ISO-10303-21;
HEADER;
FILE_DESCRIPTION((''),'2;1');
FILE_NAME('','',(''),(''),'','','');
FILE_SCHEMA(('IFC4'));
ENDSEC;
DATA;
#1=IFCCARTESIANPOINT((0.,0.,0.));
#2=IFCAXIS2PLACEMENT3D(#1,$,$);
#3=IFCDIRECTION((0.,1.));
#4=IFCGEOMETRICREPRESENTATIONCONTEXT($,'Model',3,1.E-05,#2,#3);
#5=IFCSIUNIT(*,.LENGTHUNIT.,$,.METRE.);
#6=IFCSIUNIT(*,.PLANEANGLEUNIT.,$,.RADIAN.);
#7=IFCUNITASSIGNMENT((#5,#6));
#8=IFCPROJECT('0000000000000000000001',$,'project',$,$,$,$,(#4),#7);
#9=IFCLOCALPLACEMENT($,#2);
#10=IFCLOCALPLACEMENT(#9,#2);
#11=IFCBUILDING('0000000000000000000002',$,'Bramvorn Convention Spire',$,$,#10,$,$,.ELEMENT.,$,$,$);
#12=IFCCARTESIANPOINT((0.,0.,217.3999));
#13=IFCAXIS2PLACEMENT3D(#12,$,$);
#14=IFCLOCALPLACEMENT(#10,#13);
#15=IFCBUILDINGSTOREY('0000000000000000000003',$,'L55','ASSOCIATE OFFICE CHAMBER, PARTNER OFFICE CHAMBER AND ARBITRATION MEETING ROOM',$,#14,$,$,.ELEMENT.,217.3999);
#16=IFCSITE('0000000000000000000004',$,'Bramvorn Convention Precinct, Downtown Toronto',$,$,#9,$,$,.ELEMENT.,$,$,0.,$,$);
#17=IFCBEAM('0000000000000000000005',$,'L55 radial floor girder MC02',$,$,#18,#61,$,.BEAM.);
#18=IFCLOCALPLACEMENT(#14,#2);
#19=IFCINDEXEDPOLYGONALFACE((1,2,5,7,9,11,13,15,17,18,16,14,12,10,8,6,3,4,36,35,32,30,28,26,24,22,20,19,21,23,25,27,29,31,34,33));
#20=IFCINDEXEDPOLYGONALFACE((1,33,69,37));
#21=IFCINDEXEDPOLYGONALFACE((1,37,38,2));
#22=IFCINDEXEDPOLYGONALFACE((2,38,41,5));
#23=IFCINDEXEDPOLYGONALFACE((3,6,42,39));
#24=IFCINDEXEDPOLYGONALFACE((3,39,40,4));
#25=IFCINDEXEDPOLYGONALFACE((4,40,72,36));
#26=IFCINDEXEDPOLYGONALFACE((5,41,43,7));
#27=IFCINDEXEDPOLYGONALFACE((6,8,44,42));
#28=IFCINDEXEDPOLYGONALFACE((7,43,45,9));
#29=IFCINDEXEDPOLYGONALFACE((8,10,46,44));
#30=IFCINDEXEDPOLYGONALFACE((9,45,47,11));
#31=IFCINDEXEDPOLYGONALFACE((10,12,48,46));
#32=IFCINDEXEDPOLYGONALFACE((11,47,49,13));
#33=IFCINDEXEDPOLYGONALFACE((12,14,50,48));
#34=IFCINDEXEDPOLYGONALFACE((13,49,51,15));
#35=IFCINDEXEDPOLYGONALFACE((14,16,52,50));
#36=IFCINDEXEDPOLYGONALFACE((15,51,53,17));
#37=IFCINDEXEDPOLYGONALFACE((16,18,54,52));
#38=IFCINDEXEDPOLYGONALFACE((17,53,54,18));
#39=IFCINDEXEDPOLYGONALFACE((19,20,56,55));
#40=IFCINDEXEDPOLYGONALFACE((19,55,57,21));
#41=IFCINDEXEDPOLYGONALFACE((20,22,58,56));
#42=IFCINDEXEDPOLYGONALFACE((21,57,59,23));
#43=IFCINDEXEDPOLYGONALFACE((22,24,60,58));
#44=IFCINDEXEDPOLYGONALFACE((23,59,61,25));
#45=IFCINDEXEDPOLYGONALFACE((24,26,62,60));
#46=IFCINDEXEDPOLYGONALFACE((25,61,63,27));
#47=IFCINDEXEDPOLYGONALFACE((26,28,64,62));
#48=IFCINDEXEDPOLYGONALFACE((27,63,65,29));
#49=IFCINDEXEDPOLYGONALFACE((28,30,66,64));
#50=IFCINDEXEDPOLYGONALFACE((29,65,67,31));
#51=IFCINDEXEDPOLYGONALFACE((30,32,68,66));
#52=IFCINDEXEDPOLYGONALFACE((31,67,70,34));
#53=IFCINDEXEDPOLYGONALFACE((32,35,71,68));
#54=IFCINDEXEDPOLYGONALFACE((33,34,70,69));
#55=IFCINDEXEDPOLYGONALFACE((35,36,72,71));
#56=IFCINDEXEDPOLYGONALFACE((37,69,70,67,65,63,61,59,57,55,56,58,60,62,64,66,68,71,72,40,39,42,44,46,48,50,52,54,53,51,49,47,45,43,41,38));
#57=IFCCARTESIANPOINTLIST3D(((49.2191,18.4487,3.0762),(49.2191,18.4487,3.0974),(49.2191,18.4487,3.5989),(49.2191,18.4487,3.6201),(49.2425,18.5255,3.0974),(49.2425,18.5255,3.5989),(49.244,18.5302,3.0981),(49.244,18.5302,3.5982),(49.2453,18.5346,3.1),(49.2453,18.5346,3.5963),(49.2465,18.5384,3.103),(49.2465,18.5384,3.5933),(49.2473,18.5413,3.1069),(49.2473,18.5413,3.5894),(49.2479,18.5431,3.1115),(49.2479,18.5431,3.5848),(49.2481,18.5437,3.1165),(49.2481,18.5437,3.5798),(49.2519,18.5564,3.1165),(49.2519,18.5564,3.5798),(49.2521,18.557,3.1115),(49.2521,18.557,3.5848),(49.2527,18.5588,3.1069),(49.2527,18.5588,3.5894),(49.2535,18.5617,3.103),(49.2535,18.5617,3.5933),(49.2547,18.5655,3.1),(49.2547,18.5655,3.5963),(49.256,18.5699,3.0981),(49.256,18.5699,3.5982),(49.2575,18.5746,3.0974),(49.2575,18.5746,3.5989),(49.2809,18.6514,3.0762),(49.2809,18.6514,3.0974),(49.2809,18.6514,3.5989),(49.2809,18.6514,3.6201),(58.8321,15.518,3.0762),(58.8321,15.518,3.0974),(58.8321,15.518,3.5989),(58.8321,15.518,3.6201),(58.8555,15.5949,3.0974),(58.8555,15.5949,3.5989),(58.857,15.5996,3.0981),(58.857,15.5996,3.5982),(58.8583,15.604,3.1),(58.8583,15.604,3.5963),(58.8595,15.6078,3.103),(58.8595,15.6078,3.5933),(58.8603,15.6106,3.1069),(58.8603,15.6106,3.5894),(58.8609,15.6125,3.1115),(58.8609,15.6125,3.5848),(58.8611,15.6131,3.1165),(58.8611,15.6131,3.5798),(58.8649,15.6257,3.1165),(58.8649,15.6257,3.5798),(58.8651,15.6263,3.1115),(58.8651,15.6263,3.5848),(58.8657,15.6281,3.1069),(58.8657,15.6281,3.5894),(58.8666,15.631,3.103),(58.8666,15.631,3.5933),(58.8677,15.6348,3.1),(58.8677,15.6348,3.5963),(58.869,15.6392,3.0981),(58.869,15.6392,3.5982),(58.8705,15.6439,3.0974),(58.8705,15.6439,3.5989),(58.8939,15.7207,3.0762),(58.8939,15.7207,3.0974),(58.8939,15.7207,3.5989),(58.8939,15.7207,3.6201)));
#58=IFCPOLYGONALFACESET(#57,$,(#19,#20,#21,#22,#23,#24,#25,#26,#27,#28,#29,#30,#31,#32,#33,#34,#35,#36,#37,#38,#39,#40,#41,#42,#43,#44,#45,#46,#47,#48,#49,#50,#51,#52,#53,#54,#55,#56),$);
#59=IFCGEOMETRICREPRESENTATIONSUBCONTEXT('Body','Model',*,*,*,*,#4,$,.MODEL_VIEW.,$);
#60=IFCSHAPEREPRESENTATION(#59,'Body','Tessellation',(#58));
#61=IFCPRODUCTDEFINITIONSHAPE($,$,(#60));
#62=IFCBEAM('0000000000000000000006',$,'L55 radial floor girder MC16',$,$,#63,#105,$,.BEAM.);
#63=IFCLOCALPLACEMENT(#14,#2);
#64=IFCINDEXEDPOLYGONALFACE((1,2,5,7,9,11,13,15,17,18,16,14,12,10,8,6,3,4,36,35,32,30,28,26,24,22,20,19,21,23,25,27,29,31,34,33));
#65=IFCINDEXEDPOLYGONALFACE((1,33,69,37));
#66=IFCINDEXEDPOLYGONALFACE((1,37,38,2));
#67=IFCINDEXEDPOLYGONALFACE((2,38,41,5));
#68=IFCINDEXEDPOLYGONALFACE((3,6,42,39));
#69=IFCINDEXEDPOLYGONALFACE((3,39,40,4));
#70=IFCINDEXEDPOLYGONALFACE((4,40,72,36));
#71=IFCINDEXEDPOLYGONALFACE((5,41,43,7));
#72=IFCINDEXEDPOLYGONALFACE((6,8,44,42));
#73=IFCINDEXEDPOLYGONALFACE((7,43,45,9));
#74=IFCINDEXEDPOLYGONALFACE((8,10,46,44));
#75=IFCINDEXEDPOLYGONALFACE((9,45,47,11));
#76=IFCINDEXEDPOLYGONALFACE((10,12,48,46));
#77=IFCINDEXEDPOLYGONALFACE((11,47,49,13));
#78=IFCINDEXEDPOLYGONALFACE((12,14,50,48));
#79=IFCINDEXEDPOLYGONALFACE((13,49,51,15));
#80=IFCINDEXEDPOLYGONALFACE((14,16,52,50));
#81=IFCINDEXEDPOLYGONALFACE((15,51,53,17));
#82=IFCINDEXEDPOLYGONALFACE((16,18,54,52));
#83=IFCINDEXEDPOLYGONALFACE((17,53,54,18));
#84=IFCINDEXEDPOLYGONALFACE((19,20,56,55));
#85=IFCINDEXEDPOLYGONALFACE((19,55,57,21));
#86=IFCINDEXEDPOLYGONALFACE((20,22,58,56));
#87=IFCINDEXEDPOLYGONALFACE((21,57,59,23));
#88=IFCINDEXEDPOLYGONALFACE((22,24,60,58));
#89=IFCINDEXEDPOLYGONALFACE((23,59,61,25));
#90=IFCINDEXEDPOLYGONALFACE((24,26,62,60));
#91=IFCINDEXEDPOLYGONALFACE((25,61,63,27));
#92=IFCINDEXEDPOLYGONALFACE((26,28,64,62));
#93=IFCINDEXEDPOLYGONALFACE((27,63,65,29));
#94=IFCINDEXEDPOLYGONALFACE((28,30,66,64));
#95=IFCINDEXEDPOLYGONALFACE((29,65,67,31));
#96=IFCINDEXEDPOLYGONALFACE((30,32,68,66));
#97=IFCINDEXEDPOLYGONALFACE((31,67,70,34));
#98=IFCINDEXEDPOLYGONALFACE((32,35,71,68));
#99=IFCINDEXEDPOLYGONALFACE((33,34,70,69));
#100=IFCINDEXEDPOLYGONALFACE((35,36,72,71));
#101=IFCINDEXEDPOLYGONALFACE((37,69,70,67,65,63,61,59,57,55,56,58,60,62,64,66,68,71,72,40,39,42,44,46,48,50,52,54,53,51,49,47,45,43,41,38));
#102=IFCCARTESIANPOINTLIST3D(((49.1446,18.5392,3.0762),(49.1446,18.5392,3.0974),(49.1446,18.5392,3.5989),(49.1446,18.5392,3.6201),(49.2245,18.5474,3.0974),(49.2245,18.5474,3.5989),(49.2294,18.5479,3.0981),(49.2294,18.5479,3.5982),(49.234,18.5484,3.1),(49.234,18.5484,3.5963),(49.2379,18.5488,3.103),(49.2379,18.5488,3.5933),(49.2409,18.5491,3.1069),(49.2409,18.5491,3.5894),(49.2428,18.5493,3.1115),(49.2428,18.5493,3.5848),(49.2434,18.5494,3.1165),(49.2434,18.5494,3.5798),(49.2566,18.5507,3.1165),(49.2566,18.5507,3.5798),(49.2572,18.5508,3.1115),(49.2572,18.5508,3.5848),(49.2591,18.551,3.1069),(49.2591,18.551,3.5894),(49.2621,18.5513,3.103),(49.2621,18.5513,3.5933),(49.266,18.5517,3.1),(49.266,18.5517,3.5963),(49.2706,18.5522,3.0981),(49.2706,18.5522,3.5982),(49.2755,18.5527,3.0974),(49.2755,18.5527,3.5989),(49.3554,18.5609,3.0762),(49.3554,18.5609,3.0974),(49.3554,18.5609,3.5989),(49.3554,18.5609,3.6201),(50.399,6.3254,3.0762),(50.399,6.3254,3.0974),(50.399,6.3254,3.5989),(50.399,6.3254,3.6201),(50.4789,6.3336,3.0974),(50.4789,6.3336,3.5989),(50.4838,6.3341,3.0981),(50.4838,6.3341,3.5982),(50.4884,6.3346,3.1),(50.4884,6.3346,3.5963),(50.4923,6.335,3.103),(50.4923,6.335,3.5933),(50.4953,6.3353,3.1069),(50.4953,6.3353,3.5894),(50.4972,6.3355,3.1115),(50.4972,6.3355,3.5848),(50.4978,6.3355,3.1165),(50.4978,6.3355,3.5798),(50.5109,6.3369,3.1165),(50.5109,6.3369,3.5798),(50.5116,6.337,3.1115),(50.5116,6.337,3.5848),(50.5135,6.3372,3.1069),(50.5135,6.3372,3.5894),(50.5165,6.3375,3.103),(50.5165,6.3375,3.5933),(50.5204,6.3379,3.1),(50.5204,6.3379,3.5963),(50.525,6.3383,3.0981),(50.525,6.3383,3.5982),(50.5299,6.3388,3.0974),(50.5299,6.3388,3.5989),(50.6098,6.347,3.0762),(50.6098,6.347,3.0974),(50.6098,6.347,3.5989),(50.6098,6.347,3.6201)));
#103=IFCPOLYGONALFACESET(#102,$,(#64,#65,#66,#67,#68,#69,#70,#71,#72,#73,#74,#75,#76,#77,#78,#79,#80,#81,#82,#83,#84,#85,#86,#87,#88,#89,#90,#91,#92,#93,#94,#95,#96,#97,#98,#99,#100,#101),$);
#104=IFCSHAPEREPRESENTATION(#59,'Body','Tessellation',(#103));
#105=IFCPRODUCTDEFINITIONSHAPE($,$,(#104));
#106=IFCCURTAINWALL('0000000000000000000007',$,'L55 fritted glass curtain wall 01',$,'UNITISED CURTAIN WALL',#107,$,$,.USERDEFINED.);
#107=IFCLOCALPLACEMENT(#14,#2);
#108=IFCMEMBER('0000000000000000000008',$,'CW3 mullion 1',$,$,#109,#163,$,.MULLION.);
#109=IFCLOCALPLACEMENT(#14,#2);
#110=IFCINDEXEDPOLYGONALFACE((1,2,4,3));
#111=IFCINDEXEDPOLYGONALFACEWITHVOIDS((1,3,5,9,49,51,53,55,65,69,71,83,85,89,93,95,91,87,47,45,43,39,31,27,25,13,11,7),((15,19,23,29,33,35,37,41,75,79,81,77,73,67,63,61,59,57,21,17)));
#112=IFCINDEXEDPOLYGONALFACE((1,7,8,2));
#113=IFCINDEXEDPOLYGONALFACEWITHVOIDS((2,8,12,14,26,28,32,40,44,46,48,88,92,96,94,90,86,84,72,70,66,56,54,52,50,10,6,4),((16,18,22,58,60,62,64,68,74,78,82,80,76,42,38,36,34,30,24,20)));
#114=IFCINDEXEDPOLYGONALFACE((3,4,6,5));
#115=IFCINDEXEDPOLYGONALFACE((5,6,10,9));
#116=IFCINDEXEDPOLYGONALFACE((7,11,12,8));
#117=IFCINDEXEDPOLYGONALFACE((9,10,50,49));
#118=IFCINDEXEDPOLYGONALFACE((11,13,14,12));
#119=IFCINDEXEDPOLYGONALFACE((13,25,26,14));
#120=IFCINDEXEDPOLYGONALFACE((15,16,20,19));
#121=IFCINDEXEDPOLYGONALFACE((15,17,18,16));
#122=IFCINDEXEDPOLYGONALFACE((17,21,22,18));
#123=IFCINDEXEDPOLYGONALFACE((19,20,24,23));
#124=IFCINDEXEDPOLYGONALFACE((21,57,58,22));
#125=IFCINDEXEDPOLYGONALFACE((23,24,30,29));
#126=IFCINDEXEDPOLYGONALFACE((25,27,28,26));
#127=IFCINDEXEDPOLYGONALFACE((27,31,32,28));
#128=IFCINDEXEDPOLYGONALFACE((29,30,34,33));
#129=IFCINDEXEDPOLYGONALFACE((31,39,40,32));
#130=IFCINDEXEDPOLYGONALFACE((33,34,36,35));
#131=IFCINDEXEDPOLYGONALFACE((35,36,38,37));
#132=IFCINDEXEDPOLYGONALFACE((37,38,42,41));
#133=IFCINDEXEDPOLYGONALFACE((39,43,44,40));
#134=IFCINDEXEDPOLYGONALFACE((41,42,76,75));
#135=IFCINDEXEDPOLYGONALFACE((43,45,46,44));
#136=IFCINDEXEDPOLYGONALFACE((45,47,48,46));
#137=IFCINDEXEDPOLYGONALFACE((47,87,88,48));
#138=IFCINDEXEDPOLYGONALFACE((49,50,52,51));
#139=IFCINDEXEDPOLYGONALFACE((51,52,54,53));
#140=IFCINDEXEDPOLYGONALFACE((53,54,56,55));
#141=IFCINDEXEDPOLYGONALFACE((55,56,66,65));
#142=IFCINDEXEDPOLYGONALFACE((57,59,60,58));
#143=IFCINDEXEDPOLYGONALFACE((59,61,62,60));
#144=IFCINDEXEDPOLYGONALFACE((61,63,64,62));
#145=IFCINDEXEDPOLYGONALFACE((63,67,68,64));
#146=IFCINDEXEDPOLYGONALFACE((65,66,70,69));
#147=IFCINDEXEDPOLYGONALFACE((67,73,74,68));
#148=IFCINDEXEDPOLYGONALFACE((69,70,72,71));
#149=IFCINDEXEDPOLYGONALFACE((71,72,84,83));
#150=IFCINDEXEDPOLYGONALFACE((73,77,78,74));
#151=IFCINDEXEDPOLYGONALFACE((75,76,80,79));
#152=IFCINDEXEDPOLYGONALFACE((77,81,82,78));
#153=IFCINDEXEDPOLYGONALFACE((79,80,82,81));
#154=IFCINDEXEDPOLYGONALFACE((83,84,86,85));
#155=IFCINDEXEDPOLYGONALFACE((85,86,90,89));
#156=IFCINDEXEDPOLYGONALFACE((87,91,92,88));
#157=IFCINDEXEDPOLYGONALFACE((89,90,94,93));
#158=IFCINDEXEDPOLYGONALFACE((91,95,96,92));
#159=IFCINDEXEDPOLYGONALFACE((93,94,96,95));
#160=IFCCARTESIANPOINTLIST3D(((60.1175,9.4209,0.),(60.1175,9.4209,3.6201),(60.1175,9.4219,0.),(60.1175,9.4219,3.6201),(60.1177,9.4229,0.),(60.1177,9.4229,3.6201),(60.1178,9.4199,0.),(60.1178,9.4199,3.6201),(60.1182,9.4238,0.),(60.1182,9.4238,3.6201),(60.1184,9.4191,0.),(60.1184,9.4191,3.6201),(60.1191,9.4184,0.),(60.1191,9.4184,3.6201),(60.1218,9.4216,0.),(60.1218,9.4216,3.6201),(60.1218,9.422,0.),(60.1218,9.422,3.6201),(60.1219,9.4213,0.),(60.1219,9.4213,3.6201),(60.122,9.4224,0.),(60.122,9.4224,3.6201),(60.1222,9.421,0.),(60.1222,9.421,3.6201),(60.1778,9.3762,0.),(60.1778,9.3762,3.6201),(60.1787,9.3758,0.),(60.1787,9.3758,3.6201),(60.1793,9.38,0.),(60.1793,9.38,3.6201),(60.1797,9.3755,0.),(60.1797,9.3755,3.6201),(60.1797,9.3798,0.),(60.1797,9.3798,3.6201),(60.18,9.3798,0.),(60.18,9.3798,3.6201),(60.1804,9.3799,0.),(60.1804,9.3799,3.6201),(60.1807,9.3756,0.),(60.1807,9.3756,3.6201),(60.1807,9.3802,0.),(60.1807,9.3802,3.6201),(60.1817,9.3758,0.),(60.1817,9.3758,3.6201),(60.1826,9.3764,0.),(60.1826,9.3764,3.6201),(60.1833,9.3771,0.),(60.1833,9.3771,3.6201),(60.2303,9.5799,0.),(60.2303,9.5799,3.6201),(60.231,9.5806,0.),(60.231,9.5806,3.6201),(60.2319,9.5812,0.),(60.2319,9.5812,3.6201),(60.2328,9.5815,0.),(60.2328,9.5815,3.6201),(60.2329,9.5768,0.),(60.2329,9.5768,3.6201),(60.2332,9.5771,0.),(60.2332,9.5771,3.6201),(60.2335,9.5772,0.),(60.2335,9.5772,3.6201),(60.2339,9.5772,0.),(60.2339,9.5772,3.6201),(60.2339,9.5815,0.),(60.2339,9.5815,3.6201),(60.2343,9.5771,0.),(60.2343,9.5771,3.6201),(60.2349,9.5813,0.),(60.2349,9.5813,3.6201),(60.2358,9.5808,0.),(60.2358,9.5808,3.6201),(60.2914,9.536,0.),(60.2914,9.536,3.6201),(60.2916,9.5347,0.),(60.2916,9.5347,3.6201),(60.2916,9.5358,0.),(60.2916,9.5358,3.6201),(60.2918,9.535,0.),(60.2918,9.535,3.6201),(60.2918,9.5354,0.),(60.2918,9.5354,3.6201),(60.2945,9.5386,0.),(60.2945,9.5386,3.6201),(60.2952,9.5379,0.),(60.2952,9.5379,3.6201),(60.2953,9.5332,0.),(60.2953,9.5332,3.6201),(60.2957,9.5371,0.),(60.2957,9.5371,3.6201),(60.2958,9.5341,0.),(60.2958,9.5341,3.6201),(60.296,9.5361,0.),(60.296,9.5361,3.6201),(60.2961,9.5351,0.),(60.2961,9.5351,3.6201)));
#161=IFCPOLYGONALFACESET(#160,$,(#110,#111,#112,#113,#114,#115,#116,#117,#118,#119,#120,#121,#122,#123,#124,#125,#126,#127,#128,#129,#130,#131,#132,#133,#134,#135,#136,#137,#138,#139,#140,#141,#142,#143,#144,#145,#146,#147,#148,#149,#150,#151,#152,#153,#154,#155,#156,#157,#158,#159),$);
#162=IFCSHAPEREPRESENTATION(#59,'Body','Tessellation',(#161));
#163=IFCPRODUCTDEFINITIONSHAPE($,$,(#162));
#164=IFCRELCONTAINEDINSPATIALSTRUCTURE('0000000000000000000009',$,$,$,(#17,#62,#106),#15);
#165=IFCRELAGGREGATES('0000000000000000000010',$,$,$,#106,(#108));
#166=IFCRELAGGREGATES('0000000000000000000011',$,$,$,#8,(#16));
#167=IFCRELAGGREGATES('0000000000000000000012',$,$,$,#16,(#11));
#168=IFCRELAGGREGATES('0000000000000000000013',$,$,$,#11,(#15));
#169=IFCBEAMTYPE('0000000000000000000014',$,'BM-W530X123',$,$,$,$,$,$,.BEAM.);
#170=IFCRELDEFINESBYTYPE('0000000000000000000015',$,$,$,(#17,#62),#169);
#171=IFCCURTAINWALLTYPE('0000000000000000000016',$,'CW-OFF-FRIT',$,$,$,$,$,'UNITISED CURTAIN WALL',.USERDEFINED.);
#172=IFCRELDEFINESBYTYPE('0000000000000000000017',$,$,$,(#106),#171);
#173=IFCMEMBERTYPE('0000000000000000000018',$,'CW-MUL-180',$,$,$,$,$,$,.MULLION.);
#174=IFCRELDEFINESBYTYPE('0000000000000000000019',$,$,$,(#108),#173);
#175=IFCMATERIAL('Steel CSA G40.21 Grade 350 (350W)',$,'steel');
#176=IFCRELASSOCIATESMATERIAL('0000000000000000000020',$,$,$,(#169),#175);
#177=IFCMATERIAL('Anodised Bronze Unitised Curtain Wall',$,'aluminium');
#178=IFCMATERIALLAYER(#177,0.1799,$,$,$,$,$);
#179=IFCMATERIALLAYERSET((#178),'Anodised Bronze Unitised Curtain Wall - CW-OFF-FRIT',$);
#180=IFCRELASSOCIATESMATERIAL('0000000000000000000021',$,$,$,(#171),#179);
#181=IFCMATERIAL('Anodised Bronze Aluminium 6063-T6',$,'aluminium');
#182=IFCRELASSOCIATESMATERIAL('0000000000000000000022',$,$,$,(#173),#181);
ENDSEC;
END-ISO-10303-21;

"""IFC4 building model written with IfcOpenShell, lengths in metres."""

from ifc_helpers import new_model, si_unit, direction, frame, origin, origin_2d, place, context, subcontext, project, spatial, hollow_rectangle, i_section, extrude, material, layer, layer_set, material_profile, profile_set, type_object, element, aggregate, save


model = new_model("IFC4")

# Units and contexts
model_context = context("Model", 3, precision=1e-05, world=origin(), true_north=direction((0.0, 1.0)))
body_context = subcontext(model_context, "Body", "Model", "MODEL_VIEW")
ifc_project = project(units=[si_unit("LENGTHUNIT", "METRE"), si_unit("PLANEANGLEUNIT", "RADIAN")], contexts=[model_context])

# Site, building, storey
site_placement = place(None, origin())
site = spatial("IfcSite", under=ifc_project, at=site_placement, Name="Bramvorn Convention Precinct, Downtown Toronto", CompositionType="ELEMENT", RefElevation=0.0)
building_placement = place(site_placement, origin())
building = spatial("IfcBuilding", under=site, at=building_placement, Name="Bramvorn Convention Spire", CompositionType="ELEMENT")
storey_placement = place(building_placement, frame((0.0, 0.0, 217.3999)))
storey = spatial("IfcBuildingStorey", under=building, at=storey_placement, Name="L55", Description="ASSOCIATE OFFICE CHAMBER, PARTNER OFFICE CHAMBER AND ARBITRATION MEETING ROOM", CompositionType="ELEMENT", Elevation=217.3999)

# Shared definitions
ifc_material_1 = material(Name="Steel CSA G40.21 Grade 350 (350W)", Category="steel")

# Beams
ifc_material_profile_1 = material_profile(ifc_material_1, i_section(OverallWidth=0.2119, OverallDepth=0.5439, WebThickness=0.0132, FlangeThickness=0.0212, FilletRadius=0.019, at=origin_2d()))
ifc_profile_set_1 = profile_set([ifc_material_profile_1], Name="Steel CSA G40.21 Grade 350 (350W) - W530X123")
beam_type_1 = type_object("IfcBeamType", Name="BM-W530X123", PredefinedType="BEAM", material=ifc_profile_set_1)
beam_1_placement = place(storey_placement, frame((49.25, 18.55, 3.3481), z_axis=(0.956536, -0.291613, 0.0), x_axis=(0.291613, 0.956536, 0.0)))
element("IfcBeam", 1, at=beam_1_placement, inside=storey, type_object=beam_type_1, Name="L55 radial floor girder MC02", PredefinedType="BEAM", context=body_context, shape_type="SweptSolid", body=[
    extrude(i_section(OverallWidth=0.2119, OverallDepth=0.5439, WebThickness=0.0132, FlangeThickness=0.0212, FilletRadius=0.019, at=origin_2d()), origin(), (0.0, 0.0, 1.0), 10.0498),
])
beam_2_placement = place(storey_placement, frame((49.25, 18.55, 3.3481), z_axis=(0.102165, -0.994767, 0.0), x_axis=(0.994767, 0.102165, 0.0)))
element("IfcBeam", 2, at=beam_2_placement, inside=storey, type_object=beam_type_1, Name="L55 radial floor girder MC16", PredefinedType="BEAM", context=body_context, shape_type="SweptSolid", body=[
    extrude(i_section(OverallWidth=0.2119, OverallDepth=0.5439, WebThickness=0.0132, FlangeThickness=0.0212, FilletRadius=0.019, at=origin_2d()), origin(), (0.0, 0.0, 1.0), 12.2781),
])

# Curtain wall, member
ifc_material_2 = material(Name="Anodised Bronze Unitised Curtain Wall", Category="aluminium")
ifc_layer_1 = layer(ifc_material_2, 0.1799)
ifc_layer_set_1 = layer_set([ifc_layer_1], Name="Anodised Bronze Unitised Curtain Wall - CW-OFF-FRIT")
curtain_wall_type = type_object("IfcCurtainWallType", Name="CW-OFF-FRIT", ElementType="UNITISED CURTAIN WALL", PredefinedType="USERDEFINED", material=ifc_layer_set_1)
curtain_wall_1_placement = place(storey_placement, origin())
curtain_wall_1 = element("IfcCurtainWall", 3, at=curtain_wall_1_placement, inside=storey, type_object=curtain_wall_type, Name="L55 fritted glass curtain wall 01", ObjectType="UNITISED CURTAIN WALL", PredefinedType="USERDEFINED")
ifc_material_3 = material(Name="Anodised Bronze Aluminium 6063-T6", Category="aluminium")
ifc_material_profile_2 = material_profile(ifc_material_3, hollow_rectangle(XDim=0.0801, YDim=0.2, WallThickness=0.0039, InnerFilletRadius=0.001, OuterFilletRadius=0.0039, at=origin_2d()))
ifc_profile_set_2 = profile_set([ifc_material_profile_2], Name="Anodised Bronze Aluminium 6063-T6 - CWM80X200")
member_type_1 = type_object("IfcMemberType", Name="CW-MUL-180", PredefinedType="MULLION", material=ifc_profile_set_2)
member_1_placement = place(storey_placement, frame((60.2068, 9.4785, 0.0), z_axis=(0.0, 0.0, 1.0), x_axis=(0.812261, -0.583295, 0.0)))
member_1 = element("IfcMember", 4, at=member_1_placement, type_object=member_type_1, Name="CW3 mullion 1", PredefinedType="MULLION", context=body_context, shape_type="SweptSolid", body=[
    extrude(hollow_rectangle(XDim=0.0801, YDim=0.2, WallThickness=0.0039, InnerFilletRadius=0.001, OuterFilletRadius=0.0039, at=origin_2d()), origin(), (0.0, 0.0, 1.0), 3.6201),
])

aggregate(curtain_wall_1, [member_1])

save(model, "model.ifc")
